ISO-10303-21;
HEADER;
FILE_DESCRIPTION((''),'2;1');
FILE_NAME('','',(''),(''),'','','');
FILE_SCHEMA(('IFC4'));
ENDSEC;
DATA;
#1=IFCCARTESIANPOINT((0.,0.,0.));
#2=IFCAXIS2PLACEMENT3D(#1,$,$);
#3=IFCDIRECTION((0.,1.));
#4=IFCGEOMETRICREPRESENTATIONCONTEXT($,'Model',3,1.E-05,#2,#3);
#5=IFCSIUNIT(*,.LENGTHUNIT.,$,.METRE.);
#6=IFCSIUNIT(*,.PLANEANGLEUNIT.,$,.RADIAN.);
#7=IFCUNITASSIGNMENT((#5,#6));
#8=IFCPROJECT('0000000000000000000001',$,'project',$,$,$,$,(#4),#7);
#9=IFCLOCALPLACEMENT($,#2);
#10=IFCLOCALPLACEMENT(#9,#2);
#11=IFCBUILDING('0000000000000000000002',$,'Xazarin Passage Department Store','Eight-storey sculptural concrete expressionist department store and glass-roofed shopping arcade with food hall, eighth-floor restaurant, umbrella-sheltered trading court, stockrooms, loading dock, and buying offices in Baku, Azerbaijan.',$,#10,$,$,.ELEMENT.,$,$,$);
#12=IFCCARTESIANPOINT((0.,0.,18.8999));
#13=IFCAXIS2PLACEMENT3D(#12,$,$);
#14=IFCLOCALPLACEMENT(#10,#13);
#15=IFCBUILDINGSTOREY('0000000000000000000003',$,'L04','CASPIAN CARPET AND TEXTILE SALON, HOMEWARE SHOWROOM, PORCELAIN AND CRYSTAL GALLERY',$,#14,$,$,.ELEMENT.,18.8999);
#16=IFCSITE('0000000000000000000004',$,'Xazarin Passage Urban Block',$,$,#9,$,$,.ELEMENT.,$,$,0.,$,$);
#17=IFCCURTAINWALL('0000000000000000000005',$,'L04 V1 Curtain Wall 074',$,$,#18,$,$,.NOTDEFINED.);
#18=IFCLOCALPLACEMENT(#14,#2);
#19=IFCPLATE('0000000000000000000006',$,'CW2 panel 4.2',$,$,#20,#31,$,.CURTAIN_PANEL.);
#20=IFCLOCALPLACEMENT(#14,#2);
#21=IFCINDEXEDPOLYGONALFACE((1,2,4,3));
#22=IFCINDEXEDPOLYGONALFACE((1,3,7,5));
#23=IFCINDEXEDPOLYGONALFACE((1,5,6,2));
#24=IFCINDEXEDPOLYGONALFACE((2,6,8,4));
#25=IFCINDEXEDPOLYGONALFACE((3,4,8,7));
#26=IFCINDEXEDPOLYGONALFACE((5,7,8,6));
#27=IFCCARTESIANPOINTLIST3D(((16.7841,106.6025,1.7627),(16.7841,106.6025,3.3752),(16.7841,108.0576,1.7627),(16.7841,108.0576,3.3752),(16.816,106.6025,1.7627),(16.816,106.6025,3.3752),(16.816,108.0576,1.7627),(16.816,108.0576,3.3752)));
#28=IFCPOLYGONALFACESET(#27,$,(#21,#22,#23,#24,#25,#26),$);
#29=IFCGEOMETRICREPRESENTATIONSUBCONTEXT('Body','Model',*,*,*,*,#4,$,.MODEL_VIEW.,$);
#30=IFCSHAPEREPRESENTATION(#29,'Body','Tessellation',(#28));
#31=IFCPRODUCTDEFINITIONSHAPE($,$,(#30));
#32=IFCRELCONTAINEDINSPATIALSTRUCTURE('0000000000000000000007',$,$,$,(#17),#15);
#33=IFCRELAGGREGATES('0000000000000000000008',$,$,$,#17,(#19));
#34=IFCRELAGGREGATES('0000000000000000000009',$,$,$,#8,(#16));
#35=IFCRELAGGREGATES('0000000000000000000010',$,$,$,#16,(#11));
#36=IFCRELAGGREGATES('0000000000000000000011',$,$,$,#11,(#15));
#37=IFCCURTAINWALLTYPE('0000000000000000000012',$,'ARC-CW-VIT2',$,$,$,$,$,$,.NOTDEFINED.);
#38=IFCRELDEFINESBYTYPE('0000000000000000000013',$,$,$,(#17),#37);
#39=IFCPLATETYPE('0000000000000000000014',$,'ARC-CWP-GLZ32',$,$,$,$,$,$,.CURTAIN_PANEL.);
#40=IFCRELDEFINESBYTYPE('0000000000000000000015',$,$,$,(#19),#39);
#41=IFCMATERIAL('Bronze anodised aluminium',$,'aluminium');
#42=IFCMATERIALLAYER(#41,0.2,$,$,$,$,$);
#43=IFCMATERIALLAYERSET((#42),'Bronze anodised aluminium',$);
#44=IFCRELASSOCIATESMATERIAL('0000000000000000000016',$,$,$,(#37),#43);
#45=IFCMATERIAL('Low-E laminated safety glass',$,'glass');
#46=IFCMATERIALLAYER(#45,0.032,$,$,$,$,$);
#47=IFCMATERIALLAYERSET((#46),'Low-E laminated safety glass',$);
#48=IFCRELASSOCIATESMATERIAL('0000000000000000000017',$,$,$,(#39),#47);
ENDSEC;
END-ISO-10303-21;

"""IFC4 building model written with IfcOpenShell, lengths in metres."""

from ifc_helpers import new_model, si_unit, direction, frame, origin, origin_2d, place, context, subcontext, project, spatial, rectangle, extrude, material, layer, layer_set, type_object, element, aggregate, save


model = new_model("IFC4")

# Units and contexts
model_context = context("Model", 3, precision=1e-05, world=origin(), true_north=direction((0.0, 1.0)))
body_context = subcontext(model_context, "Body", "Model", "MODEL_VIEW")
ifc_project = project(units=[si_unit("LENGTHUNIT", "METRE"), si_unit("PLANEANGLEUNIT", "RADIAN")], contexts=[model_context])

# Site, building, storey
site_placement = place(None, origin())
site = spatial("IfcSite", under=ifc_project, at=site_placement, Name="Xazarin Passage Urban Block", CompositionType="ELEMENT", RefElevation=0.0)
building_placement = place(site_placement, origin())
building = spatial("IfcBuilding", under=site, at=building_placement, Name="Xazarin Passage Department Store", Description="Eight-storey sculptural concrete expressionist department store and glass-roofed shopping arcade with food hall, eighth-floor restaurant, umbrella-sheltered trading court, stockrooms, loading dock, and buying offices in Baku, Azerbaijan.", CompositionType="ELEMENT")
storey_placement = place(building_placement, frame((0.0, 0.0, 18.8999)))
storey = spatial("IfcBuildingStorey", under=building, at=storey_placement, Name="L04", Description="CASPIAN CARPET AND TEXTILE SALON, HOMEWARE SHOWROOM, PORCELAIN AND CRYSTAL GALLERY", CompositionType="ELEMENT", Elevation=18.8999)

# Curtain wall
ifc_material_1 = material(Name="Bronze anodised aluminium", Category="aluminium")
ifc_layer_1 = layer(ifc_material_1, 0.2)
ifc_layer_set_1 = layer_set([ifc_layer_1], Name="Bronze anodised aluminium")
curtain_wall_type = type_object("IfcCurtainWallType", Name="ARC-CW-VIT2", PredefinedType="NOTDEFINED", material=ifc_layer_set_1)
curtain_wall_placement = place(storey_placement, origin())
curtain_wall = element("IfcCurtainWall", 1, at=curtain_wall_placement, inside=storey, type_object=curtain_wall_type, Name="L04 V1 Curtain Wall 074", PredefinedType="NOTDEFINED")

# Plate
ifc_material_2 = material(Name="Low-E laminated safety glass", Category="glass")
ifc_layer_2 = layer(ifc_material_2, 0.032)
ifc_layer_set_2 = layer_set([ifc_layer_2], Name="Low-E laminated safety glass")
plate_type = type_object("IfcPlateType", Name="ARC-CWP-GLZ32", PredefinedType="CURTAIN_PANEL", material=ifc_layer_set_2)
plate_1_placement = place(storey_placement, frame((16.8, 107.3301, 1.7627), z_axis=(0.0, 0.0, 1.0), x_axis=(0.0, 1.0, 0.0)))
plate_1 = element("IfcPlate", 2, at=plate_1_placement, type_object=plate_type, Name="CW2 panel 4.2", PredefinedType="CURTAIN_PANEL", context=body_context, shape_type="SweptSolid", body=[
    extrude(rectangle(XDim=1.4551, YDim=0.032, at=origin_2d()), origin(), (0.0, 0.0, 1.0), 1.6125),
])
aggregate(curtain_wall, [plate_1])

save(model, "model.ifc")
